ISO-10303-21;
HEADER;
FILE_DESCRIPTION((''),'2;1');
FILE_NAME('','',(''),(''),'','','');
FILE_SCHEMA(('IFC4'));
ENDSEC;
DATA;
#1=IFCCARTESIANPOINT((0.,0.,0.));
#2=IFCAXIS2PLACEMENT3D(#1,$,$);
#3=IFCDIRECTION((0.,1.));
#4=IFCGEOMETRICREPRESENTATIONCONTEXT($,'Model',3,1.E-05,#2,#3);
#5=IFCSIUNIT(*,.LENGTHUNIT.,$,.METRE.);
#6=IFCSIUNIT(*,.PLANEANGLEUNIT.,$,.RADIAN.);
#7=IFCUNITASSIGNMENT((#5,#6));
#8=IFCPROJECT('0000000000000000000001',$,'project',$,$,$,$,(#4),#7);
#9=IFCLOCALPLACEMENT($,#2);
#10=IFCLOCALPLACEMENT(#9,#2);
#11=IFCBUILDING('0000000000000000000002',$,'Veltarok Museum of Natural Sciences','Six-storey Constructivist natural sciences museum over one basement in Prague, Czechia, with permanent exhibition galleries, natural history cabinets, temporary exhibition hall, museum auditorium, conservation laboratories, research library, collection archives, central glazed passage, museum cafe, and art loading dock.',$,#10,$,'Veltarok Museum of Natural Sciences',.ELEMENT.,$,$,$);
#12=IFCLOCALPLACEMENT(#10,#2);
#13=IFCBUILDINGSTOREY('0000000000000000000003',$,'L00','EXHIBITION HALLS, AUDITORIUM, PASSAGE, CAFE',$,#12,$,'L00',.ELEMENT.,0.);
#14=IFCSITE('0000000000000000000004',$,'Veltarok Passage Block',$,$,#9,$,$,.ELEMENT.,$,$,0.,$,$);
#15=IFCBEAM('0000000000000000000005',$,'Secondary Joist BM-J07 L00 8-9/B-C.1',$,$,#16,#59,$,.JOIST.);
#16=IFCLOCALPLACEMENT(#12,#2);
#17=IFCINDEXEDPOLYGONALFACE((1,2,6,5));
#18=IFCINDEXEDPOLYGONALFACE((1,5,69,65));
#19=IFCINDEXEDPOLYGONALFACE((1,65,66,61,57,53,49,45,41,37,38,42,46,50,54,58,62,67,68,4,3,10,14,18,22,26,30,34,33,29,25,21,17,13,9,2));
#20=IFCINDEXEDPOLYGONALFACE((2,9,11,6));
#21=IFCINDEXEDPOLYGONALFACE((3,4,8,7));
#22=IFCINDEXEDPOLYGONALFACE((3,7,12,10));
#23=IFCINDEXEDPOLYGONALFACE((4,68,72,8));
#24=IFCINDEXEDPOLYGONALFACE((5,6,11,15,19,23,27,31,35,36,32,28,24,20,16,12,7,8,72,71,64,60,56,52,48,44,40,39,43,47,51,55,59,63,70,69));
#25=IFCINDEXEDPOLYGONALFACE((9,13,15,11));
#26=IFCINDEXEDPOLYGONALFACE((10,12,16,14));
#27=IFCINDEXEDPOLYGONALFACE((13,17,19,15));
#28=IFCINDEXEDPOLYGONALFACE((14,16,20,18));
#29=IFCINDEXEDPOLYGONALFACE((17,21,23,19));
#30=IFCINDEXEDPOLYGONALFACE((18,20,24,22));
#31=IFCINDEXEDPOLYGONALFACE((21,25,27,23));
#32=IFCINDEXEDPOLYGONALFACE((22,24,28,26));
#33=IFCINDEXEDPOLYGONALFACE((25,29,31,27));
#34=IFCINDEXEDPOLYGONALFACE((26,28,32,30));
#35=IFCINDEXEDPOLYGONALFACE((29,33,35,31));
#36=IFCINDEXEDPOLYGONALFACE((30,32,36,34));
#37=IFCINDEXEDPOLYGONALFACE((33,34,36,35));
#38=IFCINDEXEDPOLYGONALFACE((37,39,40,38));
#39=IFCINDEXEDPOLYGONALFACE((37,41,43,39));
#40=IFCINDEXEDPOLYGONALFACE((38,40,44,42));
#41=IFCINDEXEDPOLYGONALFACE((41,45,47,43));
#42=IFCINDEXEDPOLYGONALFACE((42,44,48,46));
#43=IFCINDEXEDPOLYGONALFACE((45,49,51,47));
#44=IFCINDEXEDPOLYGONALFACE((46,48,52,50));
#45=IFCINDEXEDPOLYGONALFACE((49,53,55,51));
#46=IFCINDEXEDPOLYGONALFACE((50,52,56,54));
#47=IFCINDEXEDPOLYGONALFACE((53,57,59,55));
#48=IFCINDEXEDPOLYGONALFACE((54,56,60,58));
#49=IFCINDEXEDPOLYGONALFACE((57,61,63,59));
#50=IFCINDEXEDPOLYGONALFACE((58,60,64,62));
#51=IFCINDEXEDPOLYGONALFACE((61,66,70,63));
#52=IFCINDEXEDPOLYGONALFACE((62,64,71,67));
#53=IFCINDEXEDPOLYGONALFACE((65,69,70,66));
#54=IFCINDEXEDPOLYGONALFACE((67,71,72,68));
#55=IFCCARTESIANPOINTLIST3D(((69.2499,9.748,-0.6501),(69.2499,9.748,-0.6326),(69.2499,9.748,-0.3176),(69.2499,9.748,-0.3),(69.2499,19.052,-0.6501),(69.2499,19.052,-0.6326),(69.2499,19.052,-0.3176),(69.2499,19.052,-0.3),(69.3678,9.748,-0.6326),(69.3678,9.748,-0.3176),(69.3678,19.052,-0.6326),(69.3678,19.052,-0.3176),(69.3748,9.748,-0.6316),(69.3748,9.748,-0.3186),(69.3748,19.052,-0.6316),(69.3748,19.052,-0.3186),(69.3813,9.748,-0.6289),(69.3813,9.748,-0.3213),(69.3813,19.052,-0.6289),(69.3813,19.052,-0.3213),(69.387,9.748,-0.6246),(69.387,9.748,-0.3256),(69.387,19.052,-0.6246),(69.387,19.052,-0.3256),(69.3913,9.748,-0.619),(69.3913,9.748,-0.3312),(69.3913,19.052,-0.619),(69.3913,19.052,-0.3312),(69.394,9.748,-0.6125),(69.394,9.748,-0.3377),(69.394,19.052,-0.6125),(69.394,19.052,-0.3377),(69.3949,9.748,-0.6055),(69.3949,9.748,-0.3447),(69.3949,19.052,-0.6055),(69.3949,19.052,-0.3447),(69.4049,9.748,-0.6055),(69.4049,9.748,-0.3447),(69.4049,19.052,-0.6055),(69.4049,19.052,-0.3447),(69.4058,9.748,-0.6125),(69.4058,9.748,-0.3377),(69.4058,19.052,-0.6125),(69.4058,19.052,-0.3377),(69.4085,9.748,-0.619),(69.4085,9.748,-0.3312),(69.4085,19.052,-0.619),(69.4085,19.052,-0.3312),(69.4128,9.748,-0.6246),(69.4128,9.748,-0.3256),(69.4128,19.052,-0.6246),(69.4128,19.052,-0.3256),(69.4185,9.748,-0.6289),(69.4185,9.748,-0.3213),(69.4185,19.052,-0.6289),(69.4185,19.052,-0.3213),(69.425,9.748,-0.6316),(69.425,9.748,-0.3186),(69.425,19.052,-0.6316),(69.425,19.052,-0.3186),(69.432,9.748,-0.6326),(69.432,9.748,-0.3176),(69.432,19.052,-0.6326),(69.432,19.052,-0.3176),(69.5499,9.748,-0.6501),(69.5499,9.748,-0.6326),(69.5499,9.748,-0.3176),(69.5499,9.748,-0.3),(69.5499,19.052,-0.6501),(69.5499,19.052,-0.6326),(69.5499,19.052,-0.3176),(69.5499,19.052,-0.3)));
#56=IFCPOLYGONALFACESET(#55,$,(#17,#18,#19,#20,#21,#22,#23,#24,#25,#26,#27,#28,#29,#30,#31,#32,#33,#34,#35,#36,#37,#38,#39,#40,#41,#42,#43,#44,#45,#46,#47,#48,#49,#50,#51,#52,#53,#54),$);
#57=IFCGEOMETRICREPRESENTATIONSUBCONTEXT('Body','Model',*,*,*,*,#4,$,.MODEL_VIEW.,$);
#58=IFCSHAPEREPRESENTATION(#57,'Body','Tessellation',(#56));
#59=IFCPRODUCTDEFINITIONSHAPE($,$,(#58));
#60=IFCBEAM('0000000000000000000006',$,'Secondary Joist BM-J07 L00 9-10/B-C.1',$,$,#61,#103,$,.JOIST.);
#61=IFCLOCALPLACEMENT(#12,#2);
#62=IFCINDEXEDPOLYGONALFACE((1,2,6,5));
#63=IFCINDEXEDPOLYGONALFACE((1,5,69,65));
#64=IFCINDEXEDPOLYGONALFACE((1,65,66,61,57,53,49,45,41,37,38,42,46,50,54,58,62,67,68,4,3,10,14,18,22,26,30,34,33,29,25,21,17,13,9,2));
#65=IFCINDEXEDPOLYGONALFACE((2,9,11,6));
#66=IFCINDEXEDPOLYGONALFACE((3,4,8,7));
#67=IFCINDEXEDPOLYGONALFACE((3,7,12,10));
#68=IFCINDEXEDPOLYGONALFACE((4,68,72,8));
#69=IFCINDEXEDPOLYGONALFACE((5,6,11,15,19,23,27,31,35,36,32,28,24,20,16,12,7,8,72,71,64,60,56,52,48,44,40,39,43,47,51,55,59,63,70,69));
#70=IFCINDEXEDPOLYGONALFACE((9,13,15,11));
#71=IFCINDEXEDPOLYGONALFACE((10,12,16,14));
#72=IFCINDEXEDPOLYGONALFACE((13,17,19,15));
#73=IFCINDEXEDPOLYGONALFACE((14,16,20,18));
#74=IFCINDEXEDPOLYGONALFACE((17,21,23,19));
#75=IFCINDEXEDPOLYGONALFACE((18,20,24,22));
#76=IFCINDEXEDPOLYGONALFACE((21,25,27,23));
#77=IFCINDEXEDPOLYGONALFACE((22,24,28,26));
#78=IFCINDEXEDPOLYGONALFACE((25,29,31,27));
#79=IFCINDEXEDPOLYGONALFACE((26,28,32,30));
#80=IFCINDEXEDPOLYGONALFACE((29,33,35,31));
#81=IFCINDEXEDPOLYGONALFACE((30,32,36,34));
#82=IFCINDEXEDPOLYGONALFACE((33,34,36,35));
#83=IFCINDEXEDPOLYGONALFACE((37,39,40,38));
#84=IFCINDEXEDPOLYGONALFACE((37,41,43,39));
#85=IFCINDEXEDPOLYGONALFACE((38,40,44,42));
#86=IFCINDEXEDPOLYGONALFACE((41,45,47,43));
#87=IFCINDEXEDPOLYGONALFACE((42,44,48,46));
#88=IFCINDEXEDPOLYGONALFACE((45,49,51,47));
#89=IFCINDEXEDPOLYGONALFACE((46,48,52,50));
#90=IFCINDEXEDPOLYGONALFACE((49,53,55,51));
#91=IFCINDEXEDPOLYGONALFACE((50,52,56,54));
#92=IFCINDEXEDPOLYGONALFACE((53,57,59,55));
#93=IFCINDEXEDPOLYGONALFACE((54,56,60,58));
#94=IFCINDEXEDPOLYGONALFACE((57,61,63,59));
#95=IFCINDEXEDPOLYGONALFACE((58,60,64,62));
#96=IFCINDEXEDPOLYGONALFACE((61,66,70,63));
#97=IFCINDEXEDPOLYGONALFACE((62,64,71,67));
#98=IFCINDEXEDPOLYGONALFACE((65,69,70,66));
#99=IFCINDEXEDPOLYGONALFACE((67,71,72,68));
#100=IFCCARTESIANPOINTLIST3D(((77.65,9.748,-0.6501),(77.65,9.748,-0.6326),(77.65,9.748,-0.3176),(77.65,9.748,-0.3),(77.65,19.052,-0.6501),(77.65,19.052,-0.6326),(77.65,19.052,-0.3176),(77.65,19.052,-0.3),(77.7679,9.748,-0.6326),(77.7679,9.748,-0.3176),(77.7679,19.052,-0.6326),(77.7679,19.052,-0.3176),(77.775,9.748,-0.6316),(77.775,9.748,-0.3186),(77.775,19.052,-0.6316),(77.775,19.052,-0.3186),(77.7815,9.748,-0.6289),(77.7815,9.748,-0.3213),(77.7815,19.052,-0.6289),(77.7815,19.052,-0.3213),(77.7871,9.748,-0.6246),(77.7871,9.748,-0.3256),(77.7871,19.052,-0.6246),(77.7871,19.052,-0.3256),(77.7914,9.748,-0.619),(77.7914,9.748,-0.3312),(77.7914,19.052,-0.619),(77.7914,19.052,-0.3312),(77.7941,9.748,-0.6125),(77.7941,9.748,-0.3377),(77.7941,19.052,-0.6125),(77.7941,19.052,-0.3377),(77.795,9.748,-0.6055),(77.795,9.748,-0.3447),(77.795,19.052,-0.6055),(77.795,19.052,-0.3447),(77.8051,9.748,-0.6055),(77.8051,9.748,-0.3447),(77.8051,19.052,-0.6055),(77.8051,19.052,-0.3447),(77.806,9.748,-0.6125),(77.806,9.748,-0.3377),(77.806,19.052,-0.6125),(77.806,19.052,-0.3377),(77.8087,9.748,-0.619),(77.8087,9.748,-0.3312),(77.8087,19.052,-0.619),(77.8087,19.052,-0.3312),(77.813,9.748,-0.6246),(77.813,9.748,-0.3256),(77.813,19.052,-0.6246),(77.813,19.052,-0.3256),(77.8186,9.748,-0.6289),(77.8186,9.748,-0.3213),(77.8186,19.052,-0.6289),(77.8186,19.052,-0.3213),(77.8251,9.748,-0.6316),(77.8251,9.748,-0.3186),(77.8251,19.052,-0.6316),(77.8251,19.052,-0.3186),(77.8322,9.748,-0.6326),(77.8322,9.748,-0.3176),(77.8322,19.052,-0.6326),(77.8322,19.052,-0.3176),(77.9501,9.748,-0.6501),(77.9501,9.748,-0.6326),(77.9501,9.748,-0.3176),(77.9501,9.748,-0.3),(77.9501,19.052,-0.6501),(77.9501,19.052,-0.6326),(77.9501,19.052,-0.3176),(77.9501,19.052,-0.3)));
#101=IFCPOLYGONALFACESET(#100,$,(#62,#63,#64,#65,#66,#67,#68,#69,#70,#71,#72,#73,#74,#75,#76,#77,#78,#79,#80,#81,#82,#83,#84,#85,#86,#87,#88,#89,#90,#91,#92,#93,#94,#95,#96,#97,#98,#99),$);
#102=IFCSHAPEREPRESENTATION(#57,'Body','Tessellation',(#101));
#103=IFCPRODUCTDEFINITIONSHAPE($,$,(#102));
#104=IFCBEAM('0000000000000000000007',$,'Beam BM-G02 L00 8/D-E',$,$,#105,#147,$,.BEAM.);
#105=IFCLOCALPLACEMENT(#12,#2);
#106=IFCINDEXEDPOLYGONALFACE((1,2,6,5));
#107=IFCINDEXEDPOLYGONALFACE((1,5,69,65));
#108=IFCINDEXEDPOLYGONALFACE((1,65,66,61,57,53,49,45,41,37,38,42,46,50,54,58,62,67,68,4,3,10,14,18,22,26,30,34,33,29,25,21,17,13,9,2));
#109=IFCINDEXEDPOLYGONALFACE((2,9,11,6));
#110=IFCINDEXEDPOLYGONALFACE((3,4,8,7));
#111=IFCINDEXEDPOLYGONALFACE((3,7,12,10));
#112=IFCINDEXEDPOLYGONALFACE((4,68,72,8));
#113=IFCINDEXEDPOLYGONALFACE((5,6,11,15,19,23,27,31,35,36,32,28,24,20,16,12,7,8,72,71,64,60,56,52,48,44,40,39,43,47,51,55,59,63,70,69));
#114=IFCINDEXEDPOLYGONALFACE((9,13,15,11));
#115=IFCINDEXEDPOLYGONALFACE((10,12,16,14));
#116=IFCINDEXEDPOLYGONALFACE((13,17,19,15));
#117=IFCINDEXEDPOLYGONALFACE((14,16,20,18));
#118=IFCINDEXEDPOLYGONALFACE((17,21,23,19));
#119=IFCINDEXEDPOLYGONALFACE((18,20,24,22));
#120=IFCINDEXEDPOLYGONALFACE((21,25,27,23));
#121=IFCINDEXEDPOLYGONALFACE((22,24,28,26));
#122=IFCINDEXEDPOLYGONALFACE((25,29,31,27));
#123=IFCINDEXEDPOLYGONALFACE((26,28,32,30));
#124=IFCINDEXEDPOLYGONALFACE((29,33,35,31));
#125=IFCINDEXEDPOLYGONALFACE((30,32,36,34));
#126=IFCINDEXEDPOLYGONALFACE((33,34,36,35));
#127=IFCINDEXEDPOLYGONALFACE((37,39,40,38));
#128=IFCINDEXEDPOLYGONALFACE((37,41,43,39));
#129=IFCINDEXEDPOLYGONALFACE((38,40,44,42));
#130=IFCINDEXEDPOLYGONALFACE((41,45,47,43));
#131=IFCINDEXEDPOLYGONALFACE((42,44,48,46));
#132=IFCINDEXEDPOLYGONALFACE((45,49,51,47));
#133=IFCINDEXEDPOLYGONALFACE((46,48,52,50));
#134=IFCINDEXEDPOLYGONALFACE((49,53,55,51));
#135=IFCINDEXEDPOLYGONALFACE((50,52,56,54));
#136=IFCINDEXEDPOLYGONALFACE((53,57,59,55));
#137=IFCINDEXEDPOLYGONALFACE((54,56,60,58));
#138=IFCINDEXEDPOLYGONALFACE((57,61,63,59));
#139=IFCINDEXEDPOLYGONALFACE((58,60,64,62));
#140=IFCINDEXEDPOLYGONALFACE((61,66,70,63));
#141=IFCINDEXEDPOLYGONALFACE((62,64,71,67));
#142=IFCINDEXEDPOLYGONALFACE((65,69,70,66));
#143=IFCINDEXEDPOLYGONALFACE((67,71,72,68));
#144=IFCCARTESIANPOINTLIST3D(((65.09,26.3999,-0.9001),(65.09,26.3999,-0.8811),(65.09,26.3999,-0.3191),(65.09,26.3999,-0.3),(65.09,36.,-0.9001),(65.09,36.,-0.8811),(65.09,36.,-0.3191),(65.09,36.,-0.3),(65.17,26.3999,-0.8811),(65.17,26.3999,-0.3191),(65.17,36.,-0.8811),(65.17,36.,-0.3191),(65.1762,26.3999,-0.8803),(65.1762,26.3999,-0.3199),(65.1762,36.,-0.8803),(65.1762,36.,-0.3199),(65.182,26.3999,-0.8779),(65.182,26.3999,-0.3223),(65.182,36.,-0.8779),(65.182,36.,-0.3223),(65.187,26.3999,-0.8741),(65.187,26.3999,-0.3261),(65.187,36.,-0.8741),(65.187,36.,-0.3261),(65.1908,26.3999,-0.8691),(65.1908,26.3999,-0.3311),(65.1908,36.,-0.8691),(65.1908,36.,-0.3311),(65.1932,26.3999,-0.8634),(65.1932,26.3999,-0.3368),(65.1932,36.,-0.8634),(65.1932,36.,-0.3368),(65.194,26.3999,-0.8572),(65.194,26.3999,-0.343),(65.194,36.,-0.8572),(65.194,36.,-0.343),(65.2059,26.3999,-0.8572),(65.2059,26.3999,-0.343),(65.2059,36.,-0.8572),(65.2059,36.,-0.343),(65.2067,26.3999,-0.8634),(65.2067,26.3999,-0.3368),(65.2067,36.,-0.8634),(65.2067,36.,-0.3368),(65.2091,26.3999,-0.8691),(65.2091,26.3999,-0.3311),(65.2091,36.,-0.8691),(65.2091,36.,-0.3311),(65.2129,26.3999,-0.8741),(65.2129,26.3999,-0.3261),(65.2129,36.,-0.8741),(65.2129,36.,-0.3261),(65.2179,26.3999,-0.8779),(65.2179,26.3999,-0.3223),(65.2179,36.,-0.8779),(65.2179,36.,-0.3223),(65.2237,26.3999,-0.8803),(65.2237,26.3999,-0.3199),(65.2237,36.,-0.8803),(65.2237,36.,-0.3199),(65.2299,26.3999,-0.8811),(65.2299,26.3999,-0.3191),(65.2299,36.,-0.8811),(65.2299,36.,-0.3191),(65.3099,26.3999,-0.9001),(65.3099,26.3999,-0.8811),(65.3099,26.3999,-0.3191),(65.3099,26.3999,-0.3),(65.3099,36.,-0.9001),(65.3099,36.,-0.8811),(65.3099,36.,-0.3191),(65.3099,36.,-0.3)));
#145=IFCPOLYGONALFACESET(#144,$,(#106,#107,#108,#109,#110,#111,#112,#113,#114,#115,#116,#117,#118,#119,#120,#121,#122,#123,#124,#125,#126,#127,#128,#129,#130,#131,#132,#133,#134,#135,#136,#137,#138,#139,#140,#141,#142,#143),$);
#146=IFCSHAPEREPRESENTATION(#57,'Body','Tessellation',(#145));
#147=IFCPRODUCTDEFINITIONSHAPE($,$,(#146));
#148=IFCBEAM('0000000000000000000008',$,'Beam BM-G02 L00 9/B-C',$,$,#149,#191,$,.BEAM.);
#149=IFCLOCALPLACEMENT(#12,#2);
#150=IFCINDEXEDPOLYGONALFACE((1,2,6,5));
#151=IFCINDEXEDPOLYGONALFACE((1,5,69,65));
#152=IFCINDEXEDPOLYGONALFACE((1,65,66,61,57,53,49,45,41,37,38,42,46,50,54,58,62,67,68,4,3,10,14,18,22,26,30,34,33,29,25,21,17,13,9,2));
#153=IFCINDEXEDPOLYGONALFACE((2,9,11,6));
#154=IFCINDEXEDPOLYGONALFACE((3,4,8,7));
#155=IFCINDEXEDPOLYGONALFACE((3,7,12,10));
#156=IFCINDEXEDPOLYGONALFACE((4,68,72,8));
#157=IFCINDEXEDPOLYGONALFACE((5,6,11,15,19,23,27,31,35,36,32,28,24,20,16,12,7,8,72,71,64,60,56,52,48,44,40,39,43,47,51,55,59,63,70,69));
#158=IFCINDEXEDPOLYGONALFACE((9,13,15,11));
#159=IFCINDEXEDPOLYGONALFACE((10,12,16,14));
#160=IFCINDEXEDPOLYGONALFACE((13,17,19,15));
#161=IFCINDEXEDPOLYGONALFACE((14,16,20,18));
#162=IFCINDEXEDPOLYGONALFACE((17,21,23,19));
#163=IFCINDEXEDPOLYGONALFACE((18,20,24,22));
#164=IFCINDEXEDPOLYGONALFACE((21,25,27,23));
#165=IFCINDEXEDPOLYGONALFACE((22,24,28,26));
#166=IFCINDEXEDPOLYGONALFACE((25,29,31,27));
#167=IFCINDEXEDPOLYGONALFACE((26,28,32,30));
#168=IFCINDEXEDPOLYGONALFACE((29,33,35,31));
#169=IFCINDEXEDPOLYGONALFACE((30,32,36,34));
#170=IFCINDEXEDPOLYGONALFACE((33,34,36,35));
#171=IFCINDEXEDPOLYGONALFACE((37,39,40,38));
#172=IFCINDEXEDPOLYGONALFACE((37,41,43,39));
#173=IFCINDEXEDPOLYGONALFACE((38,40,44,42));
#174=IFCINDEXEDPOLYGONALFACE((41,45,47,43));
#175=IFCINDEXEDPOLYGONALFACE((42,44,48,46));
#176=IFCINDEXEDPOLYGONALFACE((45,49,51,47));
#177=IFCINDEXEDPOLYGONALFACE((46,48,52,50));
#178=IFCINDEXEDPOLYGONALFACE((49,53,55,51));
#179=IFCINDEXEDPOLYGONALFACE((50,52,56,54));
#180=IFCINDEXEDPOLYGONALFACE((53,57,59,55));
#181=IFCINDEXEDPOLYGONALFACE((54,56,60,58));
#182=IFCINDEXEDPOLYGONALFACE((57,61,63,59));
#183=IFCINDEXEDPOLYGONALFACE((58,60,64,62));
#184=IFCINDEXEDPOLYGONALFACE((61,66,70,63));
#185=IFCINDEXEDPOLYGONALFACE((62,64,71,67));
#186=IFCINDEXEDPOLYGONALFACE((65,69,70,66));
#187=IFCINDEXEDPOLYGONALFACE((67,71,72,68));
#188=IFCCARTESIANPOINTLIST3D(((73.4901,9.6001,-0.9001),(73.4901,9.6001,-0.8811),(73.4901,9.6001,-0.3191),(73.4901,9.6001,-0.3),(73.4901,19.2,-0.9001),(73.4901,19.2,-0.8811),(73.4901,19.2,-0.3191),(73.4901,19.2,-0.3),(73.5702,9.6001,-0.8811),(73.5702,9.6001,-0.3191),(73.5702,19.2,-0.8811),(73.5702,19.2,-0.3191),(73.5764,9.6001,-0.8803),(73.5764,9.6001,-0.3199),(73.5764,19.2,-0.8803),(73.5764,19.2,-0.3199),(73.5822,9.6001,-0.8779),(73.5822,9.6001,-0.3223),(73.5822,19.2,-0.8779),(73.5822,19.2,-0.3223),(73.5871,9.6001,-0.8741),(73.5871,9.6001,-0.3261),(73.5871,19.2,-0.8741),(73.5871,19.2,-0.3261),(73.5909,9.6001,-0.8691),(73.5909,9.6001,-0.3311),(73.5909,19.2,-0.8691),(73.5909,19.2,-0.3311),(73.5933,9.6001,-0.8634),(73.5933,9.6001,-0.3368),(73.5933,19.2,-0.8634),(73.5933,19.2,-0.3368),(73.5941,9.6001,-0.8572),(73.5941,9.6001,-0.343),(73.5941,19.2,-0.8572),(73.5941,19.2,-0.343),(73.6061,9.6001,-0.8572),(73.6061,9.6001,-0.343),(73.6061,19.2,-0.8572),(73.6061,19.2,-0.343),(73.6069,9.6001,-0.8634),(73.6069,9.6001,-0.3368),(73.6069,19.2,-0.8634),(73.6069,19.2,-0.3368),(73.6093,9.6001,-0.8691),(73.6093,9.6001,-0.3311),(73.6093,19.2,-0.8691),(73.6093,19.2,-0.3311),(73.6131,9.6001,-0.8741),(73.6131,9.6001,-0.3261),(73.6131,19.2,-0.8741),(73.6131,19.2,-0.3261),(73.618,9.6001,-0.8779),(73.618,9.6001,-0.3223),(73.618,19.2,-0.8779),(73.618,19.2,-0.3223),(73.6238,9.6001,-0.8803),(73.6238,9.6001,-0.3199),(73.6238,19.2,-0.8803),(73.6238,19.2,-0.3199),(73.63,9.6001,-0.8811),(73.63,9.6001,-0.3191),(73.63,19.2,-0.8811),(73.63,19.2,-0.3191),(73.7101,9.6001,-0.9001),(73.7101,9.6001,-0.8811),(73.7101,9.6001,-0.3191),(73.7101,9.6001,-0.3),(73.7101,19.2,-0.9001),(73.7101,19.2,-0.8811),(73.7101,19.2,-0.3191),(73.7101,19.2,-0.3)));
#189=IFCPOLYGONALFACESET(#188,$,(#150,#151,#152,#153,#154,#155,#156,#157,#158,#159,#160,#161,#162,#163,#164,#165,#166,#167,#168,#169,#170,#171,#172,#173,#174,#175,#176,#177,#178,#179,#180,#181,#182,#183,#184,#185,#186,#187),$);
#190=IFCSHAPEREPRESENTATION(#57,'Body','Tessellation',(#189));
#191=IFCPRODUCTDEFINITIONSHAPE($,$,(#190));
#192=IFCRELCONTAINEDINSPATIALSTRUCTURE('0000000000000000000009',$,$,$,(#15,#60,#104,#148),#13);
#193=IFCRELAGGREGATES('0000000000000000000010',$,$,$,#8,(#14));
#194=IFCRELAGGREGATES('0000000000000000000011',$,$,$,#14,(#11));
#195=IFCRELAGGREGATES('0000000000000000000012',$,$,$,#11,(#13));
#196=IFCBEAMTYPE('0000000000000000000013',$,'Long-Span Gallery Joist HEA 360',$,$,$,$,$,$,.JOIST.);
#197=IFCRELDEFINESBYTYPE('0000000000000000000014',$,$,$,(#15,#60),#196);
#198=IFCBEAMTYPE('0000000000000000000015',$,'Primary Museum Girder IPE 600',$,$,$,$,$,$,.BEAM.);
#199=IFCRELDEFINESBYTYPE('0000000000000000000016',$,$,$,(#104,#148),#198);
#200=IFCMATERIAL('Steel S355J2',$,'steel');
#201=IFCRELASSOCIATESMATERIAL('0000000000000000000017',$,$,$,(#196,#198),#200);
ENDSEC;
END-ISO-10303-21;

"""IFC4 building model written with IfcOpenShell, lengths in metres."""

from ifc_helpers import new_model, si_unit, direction, frame, origin, origin_2d, place, context, subcontext, project, spatial, i_section, extrude, material, material_profile, profile_set, type_object, element, save


model = new_model("IFC4")

# Units and contexts
model_context = context("Model", 3, precision=1e-05, world=origin(), true_north=direction((0.0, 1.0)))
body_context = subcontext(model_context, "Body", "Model", "MODEL_VIEW")
ifc_project = project(units=[si_unit("LENGTHUNIT", "METRE"), si_unit("PLANEANGLEUNIT", "RADIAN")], contexts=[model_context])

# Site, building, storey
site_placement = place(None, origin())
site = spatial("IfcSite", under=ifc_project, at=site_placement, Name="Veltarok Passage Block", CompositionType="ELEMENT", RefElevation=0.0)
building_placement = place(site_placement, origin())
building = spatial("IfcBuilding", under=site, at=building_placement, Name="Veltarok Museum of Natural Sciences", Description="Six-storey Constructivist natural sciences museum over one basement in Prague, Czechia, with permanent exhibition galleries, natural history cabinets, temporary exhibition hall, museum auditorium, conservation laboratories, research library, collection archives, central glazed passage, museum cafe, and art loading dock.", LongName="Veltarok Museum of Natural Sciences", CompositionType="ELEMENT")
storey_placement = place(building_placement, origin())
storey = spatial("IfcBuildingStorey", under=building, at=storey_placement, Name="L00", Description="EXHIBITION HALLS, AUDITORIUM, PASSAGE, CAFE", LongName="L00", CompositionType="ELEMENT", Elevation=0.0)

# Shared definitions
ifc_material_1 = material(Name="Steel S355J2", Category="steel")

# Beams
ifc_material_profile_1 = material_profile(ifc_material_1, i_section(OverallWidth=0.3, OverallDepth=0.3501, WebThickness=0.01, FlangeThickness=0.0176, FilletRadius=0.0271, at=origin_2d()), Name="HEA 360")
ifc_profile_set_1 = profile_set([ifc_material_profile_1], Name="Steel S355J2")
beam_type_1 = type_object("IfcBeamType", Name="Long-Span Gallery Joist HEA 360", PredefinedType="JOIST", material=ifc_profile_set_1)
for number, where, z_axis, x_axis, name in (
    (1, (69.3999, 9.748, -0.4751), (0.0, 1.0, 0.0), (-1.0, 0.0, 0.0), "Secondary Joist BM-J07 L00 8-9/B-C.1"),
    (2, (77.8, 9.748, -0.4751), (0.0, 1.0, 0.0), (-1.0, 0.0, 0.0), "Secondary Joist BM-J07 L00 9-10/B-C.1"),
):
    element("IfcBeam", number, at=place(storey_placement, frame(where, z_axis=z_axis, x_axis=x_axis)), inside=storey, type_object=beam_type_1, Name=name, PredefinedType="JOIST", context=body_context, shape_type="SweptSolid", body=[
        extrude(i_section(OverallWidth=0.3, OverallDepth=0.3501, WebThickness=0.01, FlangeThickness=0.0176, FilletRadius=0.0271, at=origin_2d()), origin(), (0.0, 0.0, 1.0), 9.304),
    ])
ifc_material_profile_2 = material_profile(ifc_material_1, i_section(OverallWidth=0.22, OverallDepth=0.6001, WebThickness=0.012, FlangeThickness=0.019, FilletRadius=0.0239, at=origin_2d()), Name="IPE 600")
ifc_profile_set_2 = profile_set([ifc_material_profile_2], Name="Steel S355J2")
beam_type_2 = type_object("IfcBeamType", Name="Primary Museum Girder IPE 600", PredefinedType="BEAM", material=ifc_profile_set_2)
beam_1_placement = place(storey_placement, frame((65.2, 26.3999, -0.6001), z_axis=(0.0, 1.0, 0.0), x_axis=(-1.0, 0.0, 0.0)))
element("IfcBeam", 3, at=beam_1_placement, inside=storey, type_object=beam_type_2, Name="Beam BM-G02 L00 8/D-E", PredefinedType="BEAM", context=body_context, shape_type="SweptSolid", body=[
    extrude(i_section(OverallWidth=0.22, OverallDepth=0.6001, WebThickness=0.012, FlangeThickness=0.019, FilletRadius=0.0239, at=origin_2d()), origin(), (0.0, 0.0, 1.0), 9.6001),
])
beam_2_placement = place(storey_placement, frame((73.6001, 9.6001, -0.6001), z_axis=(0.0, 1.0, 0.0), x_axis=(-1.0, 0.0, 0.0)))
element("IfcBeam", 4, at=beam_2_placement, inside=storey, type_object=beam_type_2, Name="Beam BM-G02 L00 9/B-C", PredefinedType="BEAM", context=body_context, shape_type="SweptSolid", body=[
    extrude(i_section(OverallWidth=0.22, OverallDepth=0.6001, WebThickness=0.012, FlangeThickness=0.019, FilletRadius=0.0239, at=origin_2d()), origin(), (0.0, 0.0, 1.0), 9.5999),
])

save(model, "model.ifc")
